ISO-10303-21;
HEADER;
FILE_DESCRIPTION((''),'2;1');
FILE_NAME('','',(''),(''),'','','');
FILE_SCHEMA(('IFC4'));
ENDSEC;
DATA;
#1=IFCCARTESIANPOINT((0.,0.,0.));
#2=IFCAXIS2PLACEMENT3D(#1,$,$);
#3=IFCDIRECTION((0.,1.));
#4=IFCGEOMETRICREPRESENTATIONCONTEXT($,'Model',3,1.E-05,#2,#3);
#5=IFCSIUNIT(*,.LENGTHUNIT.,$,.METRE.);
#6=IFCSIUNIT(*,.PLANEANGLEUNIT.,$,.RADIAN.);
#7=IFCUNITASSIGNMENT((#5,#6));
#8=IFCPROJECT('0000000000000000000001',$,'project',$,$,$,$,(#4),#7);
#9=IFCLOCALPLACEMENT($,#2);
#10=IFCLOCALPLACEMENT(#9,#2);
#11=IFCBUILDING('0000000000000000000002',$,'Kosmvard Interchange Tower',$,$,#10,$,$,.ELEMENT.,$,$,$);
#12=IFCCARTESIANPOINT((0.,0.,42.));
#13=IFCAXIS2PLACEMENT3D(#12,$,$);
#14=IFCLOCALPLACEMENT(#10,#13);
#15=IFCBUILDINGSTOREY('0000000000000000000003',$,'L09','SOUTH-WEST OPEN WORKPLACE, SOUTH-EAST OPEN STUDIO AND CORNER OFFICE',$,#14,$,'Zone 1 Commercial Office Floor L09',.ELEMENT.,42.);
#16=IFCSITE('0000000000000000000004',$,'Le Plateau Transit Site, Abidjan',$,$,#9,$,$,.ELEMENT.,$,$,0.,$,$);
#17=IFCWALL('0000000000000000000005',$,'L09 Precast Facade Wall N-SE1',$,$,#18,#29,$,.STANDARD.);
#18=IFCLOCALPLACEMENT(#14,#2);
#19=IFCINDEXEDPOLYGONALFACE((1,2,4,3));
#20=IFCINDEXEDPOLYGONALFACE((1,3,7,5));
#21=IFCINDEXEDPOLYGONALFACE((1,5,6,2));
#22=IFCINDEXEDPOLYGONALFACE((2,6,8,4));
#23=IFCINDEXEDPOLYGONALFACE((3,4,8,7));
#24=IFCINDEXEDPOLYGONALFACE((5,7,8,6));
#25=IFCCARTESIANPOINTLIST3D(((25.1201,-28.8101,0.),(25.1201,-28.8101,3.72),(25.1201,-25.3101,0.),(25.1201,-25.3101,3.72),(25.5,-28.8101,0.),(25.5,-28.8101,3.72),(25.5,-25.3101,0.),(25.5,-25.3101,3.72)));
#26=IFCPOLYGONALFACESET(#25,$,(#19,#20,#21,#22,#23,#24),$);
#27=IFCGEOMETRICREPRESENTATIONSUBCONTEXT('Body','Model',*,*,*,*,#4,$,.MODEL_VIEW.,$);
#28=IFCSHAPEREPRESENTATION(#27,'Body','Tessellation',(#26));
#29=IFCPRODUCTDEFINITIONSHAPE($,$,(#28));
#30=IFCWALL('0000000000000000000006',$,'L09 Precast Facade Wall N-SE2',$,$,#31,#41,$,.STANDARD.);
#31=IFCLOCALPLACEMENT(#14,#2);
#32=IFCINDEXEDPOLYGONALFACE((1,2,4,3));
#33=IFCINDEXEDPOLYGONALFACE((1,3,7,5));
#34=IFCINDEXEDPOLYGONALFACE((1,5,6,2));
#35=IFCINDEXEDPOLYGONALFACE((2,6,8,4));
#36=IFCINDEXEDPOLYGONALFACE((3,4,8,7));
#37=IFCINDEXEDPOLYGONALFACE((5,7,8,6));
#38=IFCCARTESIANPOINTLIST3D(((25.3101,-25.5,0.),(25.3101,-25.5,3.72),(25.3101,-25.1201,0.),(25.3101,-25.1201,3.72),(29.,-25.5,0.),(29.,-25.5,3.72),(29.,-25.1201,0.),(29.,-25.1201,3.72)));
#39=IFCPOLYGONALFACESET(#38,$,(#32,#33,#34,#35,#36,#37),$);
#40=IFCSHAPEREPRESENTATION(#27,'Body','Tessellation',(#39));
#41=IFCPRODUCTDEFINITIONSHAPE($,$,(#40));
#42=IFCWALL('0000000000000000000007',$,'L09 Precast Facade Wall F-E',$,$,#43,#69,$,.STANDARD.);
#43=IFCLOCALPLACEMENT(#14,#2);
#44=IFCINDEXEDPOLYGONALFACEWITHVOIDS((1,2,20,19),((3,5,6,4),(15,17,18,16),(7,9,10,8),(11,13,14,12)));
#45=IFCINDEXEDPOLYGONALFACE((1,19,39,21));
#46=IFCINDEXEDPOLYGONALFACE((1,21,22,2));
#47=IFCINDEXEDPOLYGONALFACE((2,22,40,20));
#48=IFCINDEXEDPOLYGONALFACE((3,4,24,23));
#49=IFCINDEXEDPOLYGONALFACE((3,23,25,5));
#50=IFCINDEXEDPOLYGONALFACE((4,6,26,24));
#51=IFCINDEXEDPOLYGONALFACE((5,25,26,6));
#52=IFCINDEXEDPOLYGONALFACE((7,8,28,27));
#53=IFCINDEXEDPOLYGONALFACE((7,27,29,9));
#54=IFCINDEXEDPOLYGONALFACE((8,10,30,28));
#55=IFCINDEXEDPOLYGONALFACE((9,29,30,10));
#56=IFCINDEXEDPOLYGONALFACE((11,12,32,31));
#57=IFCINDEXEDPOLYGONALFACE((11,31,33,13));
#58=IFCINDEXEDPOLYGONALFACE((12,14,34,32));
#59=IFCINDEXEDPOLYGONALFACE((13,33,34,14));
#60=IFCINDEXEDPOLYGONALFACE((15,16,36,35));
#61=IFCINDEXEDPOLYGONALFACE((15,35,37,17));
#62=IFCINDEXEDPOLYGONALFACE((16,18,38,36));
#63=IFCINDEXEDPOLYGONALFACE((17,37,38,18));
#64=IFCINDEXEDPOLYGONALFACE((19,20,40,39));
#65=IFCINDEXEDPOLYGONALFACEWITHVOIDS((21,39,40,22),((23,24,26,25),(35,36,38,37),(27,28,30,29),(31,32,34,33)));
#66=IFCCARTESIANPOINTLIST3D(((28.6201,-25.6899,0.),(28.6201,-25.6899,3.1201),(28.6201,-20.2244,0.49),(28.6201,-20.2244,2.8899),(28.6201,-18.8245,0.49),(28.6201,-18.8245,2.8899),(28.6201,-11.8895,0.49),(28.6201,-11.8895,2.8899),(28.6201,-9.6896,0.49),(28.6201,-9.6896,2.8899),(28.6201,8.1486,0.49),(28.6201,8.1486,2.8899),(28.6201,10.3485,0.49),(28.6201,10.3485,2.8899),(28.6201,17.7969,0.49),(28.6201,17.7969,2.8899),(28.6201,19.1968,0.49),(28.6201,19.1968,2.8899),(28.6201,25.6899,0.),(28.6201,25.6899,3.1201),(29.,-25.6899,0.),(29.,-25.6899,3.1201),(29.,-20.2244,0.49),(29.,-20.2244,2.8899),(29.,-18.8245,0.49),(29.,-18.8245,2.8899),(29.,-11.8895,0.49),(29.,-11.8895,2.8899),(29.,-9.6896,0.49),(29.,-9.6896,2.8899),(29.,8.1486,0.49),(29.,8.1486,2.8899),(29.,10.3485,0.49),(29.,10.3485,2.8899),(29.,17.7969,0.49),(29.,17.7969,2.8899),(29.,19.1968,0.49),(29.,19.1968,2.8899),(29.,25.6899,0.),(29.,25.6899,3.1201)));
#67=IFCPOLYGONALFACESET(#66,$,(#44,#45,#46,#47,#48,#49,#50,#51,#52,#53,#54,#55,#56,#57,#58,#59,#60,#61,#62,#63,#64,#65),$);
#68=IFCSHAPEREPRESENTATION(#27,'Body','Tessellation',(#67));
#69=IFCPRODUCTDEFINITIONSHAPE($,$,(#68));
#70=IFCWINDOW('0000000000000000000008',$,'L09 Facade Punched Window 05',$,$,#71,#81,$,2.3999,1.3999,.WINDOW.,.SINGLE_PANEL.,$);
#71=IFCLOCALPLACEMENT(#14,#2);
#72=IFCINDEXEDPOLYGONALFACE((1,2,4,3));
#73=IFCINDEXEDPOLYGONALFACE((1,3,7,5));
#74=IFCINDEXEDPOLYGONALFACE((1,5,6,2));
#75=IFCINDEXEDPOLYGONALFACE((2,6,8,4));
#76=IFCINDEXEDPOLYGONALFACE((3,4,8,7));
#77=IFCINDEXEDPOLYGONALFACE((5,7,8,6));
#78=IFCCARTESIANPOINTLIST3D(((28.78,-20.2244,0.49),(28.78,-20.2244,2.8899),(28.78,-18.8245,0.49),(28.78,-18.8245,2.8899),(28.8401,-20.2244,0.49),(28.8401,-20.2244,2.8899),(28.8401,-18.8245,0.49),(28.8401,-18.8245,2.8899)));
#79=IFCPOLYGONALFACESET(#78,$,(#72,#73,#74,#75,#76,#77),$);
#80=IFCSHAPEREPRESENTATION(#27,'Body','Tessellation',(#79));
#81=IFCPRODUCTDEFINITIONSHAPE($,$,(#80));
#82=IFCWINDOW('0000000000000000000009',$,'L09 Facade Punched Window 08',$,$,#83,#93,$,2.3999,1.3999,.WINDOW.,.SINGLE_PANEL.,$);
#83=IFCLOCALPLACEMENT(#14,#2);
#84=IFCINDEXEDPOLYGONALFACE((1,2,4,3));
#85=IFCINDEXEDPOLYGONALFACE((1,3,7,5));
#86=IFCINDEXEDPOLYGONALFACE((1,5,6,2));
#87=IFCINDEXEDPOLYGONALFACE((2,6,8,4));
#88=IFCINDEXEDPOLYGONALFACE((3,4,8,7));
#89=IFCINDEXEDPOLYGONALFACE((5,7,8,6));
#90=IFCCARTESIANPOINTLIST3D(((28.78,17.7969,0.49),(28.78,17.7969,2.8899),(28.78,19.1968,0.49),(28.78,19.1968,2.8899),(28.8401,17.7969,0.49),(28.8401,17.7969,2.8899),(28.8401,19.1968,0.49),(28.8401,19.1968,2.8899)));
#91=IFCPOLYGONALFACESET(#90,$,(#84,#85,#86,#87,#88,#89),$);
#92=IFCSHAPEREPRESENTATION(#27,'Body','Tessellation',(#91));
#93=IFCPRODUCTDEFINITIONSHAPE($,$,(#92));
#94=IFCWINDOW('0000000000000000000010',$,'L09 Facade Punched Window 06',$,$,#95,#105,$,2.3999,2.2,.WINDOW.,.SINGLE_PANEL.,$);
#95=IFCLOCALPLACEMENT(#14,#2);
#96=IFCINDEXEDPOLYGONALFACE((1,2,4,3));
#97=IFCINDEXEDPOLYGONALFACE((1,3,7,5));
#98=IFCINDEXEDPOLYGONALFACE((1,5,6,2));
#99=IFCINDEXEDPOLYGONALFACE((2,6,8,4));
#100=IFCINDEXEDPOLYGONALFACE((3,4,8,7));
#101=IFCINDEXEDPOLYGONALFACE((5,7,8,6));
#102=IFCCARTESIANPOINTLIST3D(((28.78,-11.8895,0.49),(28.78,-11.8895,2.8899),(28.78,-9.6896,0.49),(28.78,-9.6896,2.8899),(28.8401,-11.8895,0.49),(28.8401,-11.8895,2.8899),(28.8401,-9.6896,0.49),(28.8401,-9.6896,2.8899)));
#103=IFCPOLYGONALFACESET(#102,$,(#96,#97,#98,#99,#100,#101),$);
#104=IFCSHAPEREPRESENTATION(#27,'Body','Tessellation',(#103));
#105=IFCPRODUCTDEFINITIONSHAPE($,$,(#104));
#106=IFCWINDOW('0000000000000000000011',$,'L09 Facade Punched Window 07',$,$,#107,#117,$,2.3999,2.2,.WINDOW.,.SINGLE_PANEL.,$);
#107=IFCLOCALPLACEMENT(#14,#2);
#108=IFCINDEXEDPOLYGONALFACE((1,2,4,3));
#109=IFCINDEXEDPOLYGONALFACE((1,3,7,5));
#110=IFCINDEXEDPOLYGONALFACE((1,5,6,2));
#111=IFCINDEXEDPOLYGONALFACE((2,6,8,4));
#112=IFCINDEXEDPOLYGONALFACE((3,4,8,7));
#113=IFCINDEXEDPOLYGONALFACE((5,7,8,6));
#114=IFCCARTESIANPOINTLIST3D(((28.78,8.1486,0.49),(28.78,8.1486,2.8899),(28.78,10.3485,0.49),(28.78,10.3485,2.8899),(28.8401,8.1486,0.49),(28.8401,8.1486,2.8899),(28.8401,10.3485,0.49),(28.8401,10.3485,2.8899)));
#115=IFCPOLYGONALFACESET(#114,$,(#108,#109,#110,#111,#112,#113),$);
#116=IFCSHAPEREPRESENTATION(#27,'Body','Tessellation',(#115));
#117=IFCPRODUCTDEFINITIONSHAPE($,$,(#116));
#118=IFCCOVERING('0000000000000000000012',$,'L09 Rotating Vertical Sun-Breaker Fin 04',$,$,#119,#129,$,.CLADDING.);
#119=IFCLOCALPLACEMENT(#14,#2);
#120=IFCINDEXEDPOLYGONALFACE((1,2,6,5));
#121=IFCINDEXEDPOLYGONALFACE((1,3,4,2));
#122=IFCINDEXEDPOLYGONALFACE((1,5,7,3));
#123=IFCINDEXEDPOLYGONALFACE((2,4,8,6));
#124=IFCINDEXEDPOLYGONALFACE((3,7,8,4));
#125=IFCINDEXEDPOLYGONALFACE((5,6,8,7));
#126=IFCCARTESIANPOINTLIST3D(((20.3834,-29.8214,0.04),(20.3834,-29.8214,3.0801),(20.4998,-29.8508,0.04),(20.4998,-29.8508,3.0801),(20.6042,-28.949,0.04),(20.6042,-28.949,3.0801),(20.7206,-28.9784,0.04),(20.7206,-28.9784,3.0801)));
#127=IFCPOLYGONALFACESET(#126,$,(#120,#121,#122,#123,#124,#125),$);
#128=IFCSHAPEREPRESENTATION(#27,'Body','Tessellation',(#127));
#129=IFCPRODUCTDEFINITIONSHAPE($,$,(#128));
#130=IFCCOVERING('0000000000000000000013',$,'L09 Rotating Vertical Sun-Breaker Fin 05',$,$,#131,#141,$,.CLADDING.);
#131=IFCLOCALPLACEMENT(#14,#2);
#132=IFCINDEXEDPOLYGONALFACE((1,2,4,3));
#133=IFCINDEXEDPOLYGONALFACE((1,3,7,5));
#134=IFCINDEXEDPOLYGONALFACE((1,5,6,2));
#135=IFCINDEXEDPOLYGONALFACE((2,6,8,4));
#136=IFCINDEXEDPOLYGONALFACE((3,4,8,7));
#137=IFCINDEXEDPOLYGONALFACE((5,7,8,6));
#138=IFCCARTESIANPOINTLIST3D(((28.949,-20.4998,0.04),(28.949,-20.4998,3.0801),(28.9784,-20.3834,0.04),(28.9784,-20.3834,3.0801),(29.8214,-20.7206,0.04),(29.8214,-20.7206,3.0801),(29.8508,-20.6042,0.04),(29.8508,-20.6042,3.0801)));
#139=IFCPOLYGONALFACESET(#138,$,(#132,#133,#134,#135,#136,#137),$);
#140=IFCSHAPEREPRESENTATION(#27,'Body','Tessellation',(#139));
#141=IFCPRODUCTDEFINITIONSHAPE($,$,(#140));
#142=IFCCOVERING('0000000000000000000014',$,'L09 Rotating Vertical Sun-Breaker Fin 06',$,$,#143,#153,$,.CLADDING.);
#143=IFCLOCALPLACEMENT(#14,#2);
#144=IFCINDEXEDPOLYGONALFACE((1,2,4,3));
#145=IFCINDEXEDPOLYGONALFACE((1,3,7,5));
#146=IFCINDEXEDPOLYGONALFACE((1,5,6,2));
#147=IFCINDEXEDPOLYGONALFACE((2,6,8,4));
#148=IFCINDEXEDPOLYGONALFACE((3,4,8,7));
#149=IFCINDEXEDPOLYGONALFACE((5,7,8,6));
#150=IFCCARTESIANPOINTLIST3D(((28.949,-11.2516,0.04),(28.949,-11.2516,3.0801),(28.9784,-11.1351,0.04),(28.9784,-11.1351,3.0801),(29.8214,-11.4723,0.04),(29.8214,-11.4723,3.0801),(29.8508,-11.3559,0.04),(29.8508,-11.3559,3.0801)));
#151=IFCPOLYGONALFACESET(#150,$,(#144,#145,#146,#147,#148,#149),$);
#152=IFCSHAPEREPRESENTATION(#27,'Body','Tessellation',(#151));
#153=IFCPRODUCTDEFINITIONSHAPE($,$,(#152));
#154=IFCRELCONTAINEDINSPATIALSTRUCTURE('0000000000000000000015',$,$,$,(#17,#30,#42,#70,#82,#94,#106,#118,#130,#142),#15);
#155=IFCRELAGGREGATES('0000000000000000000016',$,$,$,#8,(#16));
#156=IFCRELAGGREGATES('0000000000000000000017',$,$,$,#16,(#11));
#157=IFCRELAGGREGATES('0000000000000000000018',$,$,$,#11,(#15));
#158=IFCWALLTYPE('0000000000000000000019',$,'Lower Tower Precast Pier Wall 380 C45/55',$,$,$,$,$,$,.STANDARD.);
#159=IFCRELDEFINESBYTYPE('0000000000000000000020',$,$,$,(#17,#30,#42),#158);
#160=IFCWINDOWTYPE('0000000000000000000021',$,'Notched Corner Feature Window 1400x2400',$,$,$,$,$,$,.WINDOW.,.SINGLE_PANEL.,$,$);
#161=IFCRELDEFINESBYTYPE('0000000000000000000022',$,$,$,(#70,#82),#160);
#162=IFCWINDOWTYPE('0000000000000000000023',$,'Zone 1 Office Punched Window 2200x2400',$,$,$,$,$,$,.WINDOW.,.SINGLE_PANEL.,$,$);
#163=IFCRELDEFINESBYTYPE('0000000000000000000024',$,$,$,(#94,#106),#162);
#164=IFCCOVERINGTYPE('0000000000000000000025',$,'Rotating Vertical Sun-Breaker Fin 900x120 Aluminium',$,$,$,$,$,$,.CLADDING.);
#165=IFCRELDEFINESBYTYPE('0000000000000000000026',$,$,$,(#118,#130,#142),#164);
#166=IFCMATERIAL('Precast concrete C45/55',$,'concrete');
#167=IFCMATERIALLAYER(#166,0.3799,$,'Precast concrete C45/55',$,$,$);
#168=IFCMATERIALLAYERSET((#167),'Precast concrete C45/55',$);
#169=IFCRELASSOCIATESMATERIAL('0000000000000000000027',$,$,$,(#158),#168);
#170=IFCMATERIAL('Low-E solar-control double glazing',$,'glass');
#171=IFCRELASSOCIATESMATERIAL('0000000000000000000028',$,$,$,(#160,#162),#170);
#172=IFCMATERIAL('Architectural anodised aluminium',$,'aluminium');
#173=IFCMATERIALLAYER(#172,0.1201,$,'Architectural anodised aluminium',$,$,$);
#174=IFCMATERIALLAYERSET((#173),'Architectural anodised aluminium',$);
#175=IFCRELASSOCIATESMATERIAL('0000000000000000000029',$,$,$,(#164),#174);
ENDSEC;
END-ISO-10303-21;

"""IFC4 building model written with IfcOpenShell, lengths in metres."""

from ifc_helpers import new_model, si_unit, direction, frame, frame_2d, origin, origin_2d, place, context, subcontext, project, spatial, rectangle, extrude, source, transform, mapped, material, layer, layer_set, type_object, element, fill, save


model = new_model("IFC4")

# Units and contexts
model_context = context("Model", 3, precision=1e-05, world=origin(), true_north=direction((0.0, 1.0)))
body_context = subcontext(model_context, "Body", "Model", "MODEL_VIEW")
ifc_project = project(units=[si_unit("LENGTHUNIT", "METRE"), si_unit("PLANEANGLEUNIT", "RADIAN")], contexts=[model_context])

# Site, building, storey
site_placement = place(None, origin())
site = spatial("IfcSite", under=ifc_project, at=site_placement, Name="Le Plateau Transit Site, Abidjan", CompositionType="ELEMENT", RefElevation=0.0)
building_placement = place(site_placement, origin())
building = spatial("IfcBuilding", under=site, at=building_placement, Name="Kosmvard Interchange Tower", CompositionType="ELEMENT")
storey_placement = place(building_placement, frame((0.0, 0.0, 42.0)))
storey = spatial("IfcBuildingStorey", under=building, at=storey_placement, Name="L09", Description="SOUTH-WEST OPEN WORKPLACE, SOUTH-EAST OPEN STUDIO AND CORNER OFFICE", LongName="Zone 1 Commercial Office Floor L09", CompositionType="ELEMENT", Elevation=42.0)

# Shared definitions
ifc_material_1 = material(Name="Precast concrete C45/55", Category="concrete")

# Walls
ifc_layer_1 = layer(ifc_material_1, 0.3799, Name="Precast concrete C45/55")
ifc_layer_set_1 = layer_set([ifc_layer_1], Name="Precast concrete C45/55")
wall_type_1 = type_object("IfcWallType", Name="Lower Tower Precast Pier Wall 380 C45/55", PredefinedType="STANDARD", material=ifc_layer_set_1)
wall_1_placement = place(storey_placement, frame((25.3101, -28.8101, 0.0), z_axis=(0.0, 0.0, 1.0), x_axis=(0.0, 1.0, 0.0)))
element("IfcWall", 1, at=wall_1_placement, inside=storey, type_object=wall_type_1, Name="L09 Precast Facade Wall N-SE1", PredefinedType="STANDARD", context=body_context, shape_type="SweptSolid", body=[
    extrude(rectangle(XDim=3.5, YDim=0.3799, at=frame_2d((1.75, 0.0))), origin(), (0.0, 0.0, 1.0), 3.72),
])
wall_2_placement = place(storey_placement, frame((25.3101, -25.3101, 0.0), z_axis=(0.0, 0.0, 1.0), x_axis=(1.0, 0.0, 0.0)))
element("IfcWall", 2, at=wall_2_placement, inside=storey, type_object=wall_type_1, Name="L09 Precast Facade Wall N-SE2", PredefinedType="STANDARD", context=body_context, shape_type="SweptSolid", body=[
    extrude(rectangle(XDim=3.6899, YDim=0.3799, at=frame_2d((1.845, 0.0))), origin(), (0.0, 0.0, 1.0), 3.72),
])

# Wall, openings, windows
wall_3_placement = place(storey_placement, frame((28.8101, -25.6899, 0.0), z_axis=(0.0, 0.0, 1.0), x_axis=(0.0, 1.0, 0.0)))
wall_3 = element("IfcWall", 3, at=wall_3_placement, inside=storey, type_object=wall_type_1, Name="L09 Precast Facade Wall F-E", PredefinedType="STANDARD", context=body_context, shape_type="SweptSolid", body=[
    extrude(rectangle(XDim=51.3799, YDim=0.3799, at=frame_2d((25.6899, 0.0))), origin(), (0.0, 0.0, 1.0), 3.1201),
])
opening_1_placement = place(wall_3_placement, frame((5.4656, 0.0, 0.49)))
opening_1 = element("IfcOpeningElement", 4, at=opening_1_placement, cuts=wall_3, PredefinedType="OPENING", context=body_context, shape_type="SweptSolid", body=[
    extrude(rectangle(XDim=1.3999, YDim=2.3999, at=frame_2d((0.7, 1.2))), frame((0.0, 0.2, 0.0), z_axis=(0.0, -1.0, 0.0), x_axis=(1.0, 0.0, 0.0)), (0.0, 0.0, 1.0), 0.3999),
])
opening_2_placement = place(wall_3_placement, frame((13.8003, 0.0, 0.49)))
opening_2 = element("IfcOpeningElement", 5, at=opening_2_placement, cuts=wall_3, PredefinedType="OPENING", context=body_context, shape_type="SweptSolid", body=[
    extrude(rectangle(XDim=2.2, YDim=2.3999, at=frame_2d((1.1001, 1.2))), frame((0.0, 0.2, 0.0), z_axis=(0.0, -1.0, 0.0), x_axis=(1.0, 0.0, 0.0)), (0.0, 0.0, 1.0), 0.3999),
])
opening_3_placement = place(wall_3_placement, frame((33.8384, 0.0, 0.49)))
opening_3 = element("IfcOpeningElement", 6, at=opening_3_placement, cuts=wall_3, PredefinedType="OPENING", context=body_context, shape_type="SweptSolid", body=[
    extrude(rectangle(XDim=2.2, YDim=2.3999, at=frame_2d((1.1001, 1.2))), frame((0.0, 0.2, 0.0), z_axis=(0.0, -1.0, 0.0), x_axis=(1.0, 0.0, 0.0)), (0.0, 0.0, 1.0), 0.3999),
])
opening_4_placement = place(wall_3_placement, frame((43.4868, 0.0, 0.49)))
opening_4 = element("IfcOpeningElement", 7, at=opening_4_placement, cuts=wall_3, PredefinedType="OPENING", context=body_context, shape_type="SweptSolid", body=[
    extrude(rectangle(XDim=1.3999, YDim=2.3999, at=frame_2d((0.7, 1.2))), frame((0.0, 0.2, 0.0), z_axis=(0.0, -1.0, 0.0), x_axis=(1.0, 0.0, 0.0)), (0.0, 0.0, 1.0), 0.3999),
])
ifc_material_2 = material(Name="Low-E solar-control double glazing", Category="glass")
window_type_1 = type_object("IfcWindowType", Name="Notched Corner Feature Window 1400x2400", PartitioningType="SINGLE_PANEL", PredefinedType="WINDOW", material=ifc_material_2)
shared_shape_1 = source(origin(), body_context, "Body", "SweptSolid", [
    extrude(rectangle(XDim=1.3999, YDim=2.3999, at=frame_2d((0.7, 1.2))), frame((0.0, 0.03, 0.0), z_axis=(0.0, -1.0, 0.0), x_axis=(1.0, 0.0, 0.0)), (0.0, 0.0, 1.0), 0.0601),
])
window_1_placement = place(opening_1_placement, origin())
window_1 = element("IfcWindow", 8, at=window_1_placement, inside=storey, type_object=window_type_1, Name="L09 Facade Punched Window 05", OverallHeight=2.3999, OverallWidth=1.3999, PartitioningType="SINGLE_PANEL", PredefinedType="WINDOW", context=body_context, shape_type="MappedRepresentation", body=[
    mapped(shared_shape_1, transform((0.0, 0.0, 0.0), scale=1.0)),
])
fill(opening_1, window_1)
window_2_placement = place(opening_4_placement, origin())
window_2 = element("IfcWindow", 9, at=window_2_placement, inside=storey, type_object=window_type_1, Name="L09 Facade Punched Window 08", OverallHeight=2.3999, OverallWidth=1.3999, PartitioningType="SINGLE_PANEL", PredefinedType="WINDOW", context=body_context, shape_type="MappedRepresentation", body=[
    mapped(shared_shape_1, transform((0.0, 0.0, 0.0), scale=1.0)),
])
fill(opening_4, window_2)
window_type_2 = type_object("IfcWindowType", Name="Zone 1 Office Punched Window 2200x2400", PartitioningType="SINGLE_PANEL", PredefinedType="WINDOW", material=ifc_material_2)
shared_shape_2 = source(origin(), body_context, "Body", "SweptSolid", [
    extrude(rectangle(XDim=2.2, YDim=2.3999, at=frame_2d((1.1001, 1.2))), frame((0.0, 0.03, 0.0), z_axis=(0.0, -1.0, 0.0), x_axis=(1.0, 0.0, 0.0)), (0.0, 0.0, 1.0), 0.0601),
])
window_3_placement = place(opening_2_placement, origin())
window_3 = element("IfcWindow", 10, at=window_3_placement, inside=storey, type_object=window_type_2, Name="L09 Facade Punched Window 06", OverallHeight=2.3999, OverallWidth=2.2, PartitioningType="SINGLE_PANEL", PredefinedType="WINDOW", context=body_context, shape_type="MappedRepresentation", body=[
    mapped(shared_shape_2, transform((0.0, 0.0, 0.0), scale=1.0)),
])
fill(opening_2, window_3)
window_4_placement = place(opening_3_placement, origin())
window_4 = element("IfcWindow", 11, at=window_4_placement, inside=storey, type_object=window_type_2, Name="L09 Facade Punched Window 07", OverallHeight=2.3999, OverallWidth=2.2, PartitioningType="SINGLE_PANEL", PredefinedType="WINDOW", context=body_context, shape_type="MappedRepresentation", body=[
    mapped(shared_shape_2, transform((0.0, 0.0, 0.0), scale=1.0)),
])
fill(opening_3, window_4)

# Coverings
ifc_material_3 = material(Name="Architectural anodised aluminium", Category="aluminium")
ifc_layer_2 = layer(ifc_material_3, 0.1201, Name="Architectural anodised aluminium")
ifc_layer_set_2 = layer_set([ifc_layer_2], Name="Architectural anodised aluminium")
covering_type = type_object("IfcCoveringType", Name="Rotating Vertical Sun-Breaker Fin 900x120 Aluminium", PredefinedType="CLADDING", material=ifc_layer_set_2)
shared_shape_3 = source(origin(), body_context, "Body", "SweptSolid", [
    extrude(rectangle(XDim=0.8999, YDim=0.1201, at=origin_2d()), origin(), (0.0, 0.0, 1.0), 3.04),
])
for number, where, z_axis, x_axis, name in (
    (12, (20.552, -29.3999, 0.04), (0.0, 0.0, 1.0), (-0.245307, -0.969445, 0.0), "L09 Rotating Vertical Sun-Breaker Fin 04"),
    (13, (29.3999, -20.552, 0.04), (0.0, 0.0, 1.0), (0.969445, -0.245307, 0.0), "L09 Rotating Vertical Sun-Breaker Fin 05"),
    (14, (29.3999, -11.3037, 0.04), (0.0, 0.0, 1.0), (0.969445, -0.245307, 0.0), "L09 Rotating Vertical Sun-Breaker Fin 06"),
):
    element("IfcCovering", number, at=place(storey_placement, frame(where, z_axis=z_axis, x_axis=x_axis)), inside=storey, type_object=covering_type, Name=name, PredefinedType="CLADDING", context=body_context, shape_type="MappedRepresentation", body=[
        mapped(shared_shape_3, transform((0.0, 0.0, 0.0), scale=1.0)),
    ])

save(model, "model.ifc")
